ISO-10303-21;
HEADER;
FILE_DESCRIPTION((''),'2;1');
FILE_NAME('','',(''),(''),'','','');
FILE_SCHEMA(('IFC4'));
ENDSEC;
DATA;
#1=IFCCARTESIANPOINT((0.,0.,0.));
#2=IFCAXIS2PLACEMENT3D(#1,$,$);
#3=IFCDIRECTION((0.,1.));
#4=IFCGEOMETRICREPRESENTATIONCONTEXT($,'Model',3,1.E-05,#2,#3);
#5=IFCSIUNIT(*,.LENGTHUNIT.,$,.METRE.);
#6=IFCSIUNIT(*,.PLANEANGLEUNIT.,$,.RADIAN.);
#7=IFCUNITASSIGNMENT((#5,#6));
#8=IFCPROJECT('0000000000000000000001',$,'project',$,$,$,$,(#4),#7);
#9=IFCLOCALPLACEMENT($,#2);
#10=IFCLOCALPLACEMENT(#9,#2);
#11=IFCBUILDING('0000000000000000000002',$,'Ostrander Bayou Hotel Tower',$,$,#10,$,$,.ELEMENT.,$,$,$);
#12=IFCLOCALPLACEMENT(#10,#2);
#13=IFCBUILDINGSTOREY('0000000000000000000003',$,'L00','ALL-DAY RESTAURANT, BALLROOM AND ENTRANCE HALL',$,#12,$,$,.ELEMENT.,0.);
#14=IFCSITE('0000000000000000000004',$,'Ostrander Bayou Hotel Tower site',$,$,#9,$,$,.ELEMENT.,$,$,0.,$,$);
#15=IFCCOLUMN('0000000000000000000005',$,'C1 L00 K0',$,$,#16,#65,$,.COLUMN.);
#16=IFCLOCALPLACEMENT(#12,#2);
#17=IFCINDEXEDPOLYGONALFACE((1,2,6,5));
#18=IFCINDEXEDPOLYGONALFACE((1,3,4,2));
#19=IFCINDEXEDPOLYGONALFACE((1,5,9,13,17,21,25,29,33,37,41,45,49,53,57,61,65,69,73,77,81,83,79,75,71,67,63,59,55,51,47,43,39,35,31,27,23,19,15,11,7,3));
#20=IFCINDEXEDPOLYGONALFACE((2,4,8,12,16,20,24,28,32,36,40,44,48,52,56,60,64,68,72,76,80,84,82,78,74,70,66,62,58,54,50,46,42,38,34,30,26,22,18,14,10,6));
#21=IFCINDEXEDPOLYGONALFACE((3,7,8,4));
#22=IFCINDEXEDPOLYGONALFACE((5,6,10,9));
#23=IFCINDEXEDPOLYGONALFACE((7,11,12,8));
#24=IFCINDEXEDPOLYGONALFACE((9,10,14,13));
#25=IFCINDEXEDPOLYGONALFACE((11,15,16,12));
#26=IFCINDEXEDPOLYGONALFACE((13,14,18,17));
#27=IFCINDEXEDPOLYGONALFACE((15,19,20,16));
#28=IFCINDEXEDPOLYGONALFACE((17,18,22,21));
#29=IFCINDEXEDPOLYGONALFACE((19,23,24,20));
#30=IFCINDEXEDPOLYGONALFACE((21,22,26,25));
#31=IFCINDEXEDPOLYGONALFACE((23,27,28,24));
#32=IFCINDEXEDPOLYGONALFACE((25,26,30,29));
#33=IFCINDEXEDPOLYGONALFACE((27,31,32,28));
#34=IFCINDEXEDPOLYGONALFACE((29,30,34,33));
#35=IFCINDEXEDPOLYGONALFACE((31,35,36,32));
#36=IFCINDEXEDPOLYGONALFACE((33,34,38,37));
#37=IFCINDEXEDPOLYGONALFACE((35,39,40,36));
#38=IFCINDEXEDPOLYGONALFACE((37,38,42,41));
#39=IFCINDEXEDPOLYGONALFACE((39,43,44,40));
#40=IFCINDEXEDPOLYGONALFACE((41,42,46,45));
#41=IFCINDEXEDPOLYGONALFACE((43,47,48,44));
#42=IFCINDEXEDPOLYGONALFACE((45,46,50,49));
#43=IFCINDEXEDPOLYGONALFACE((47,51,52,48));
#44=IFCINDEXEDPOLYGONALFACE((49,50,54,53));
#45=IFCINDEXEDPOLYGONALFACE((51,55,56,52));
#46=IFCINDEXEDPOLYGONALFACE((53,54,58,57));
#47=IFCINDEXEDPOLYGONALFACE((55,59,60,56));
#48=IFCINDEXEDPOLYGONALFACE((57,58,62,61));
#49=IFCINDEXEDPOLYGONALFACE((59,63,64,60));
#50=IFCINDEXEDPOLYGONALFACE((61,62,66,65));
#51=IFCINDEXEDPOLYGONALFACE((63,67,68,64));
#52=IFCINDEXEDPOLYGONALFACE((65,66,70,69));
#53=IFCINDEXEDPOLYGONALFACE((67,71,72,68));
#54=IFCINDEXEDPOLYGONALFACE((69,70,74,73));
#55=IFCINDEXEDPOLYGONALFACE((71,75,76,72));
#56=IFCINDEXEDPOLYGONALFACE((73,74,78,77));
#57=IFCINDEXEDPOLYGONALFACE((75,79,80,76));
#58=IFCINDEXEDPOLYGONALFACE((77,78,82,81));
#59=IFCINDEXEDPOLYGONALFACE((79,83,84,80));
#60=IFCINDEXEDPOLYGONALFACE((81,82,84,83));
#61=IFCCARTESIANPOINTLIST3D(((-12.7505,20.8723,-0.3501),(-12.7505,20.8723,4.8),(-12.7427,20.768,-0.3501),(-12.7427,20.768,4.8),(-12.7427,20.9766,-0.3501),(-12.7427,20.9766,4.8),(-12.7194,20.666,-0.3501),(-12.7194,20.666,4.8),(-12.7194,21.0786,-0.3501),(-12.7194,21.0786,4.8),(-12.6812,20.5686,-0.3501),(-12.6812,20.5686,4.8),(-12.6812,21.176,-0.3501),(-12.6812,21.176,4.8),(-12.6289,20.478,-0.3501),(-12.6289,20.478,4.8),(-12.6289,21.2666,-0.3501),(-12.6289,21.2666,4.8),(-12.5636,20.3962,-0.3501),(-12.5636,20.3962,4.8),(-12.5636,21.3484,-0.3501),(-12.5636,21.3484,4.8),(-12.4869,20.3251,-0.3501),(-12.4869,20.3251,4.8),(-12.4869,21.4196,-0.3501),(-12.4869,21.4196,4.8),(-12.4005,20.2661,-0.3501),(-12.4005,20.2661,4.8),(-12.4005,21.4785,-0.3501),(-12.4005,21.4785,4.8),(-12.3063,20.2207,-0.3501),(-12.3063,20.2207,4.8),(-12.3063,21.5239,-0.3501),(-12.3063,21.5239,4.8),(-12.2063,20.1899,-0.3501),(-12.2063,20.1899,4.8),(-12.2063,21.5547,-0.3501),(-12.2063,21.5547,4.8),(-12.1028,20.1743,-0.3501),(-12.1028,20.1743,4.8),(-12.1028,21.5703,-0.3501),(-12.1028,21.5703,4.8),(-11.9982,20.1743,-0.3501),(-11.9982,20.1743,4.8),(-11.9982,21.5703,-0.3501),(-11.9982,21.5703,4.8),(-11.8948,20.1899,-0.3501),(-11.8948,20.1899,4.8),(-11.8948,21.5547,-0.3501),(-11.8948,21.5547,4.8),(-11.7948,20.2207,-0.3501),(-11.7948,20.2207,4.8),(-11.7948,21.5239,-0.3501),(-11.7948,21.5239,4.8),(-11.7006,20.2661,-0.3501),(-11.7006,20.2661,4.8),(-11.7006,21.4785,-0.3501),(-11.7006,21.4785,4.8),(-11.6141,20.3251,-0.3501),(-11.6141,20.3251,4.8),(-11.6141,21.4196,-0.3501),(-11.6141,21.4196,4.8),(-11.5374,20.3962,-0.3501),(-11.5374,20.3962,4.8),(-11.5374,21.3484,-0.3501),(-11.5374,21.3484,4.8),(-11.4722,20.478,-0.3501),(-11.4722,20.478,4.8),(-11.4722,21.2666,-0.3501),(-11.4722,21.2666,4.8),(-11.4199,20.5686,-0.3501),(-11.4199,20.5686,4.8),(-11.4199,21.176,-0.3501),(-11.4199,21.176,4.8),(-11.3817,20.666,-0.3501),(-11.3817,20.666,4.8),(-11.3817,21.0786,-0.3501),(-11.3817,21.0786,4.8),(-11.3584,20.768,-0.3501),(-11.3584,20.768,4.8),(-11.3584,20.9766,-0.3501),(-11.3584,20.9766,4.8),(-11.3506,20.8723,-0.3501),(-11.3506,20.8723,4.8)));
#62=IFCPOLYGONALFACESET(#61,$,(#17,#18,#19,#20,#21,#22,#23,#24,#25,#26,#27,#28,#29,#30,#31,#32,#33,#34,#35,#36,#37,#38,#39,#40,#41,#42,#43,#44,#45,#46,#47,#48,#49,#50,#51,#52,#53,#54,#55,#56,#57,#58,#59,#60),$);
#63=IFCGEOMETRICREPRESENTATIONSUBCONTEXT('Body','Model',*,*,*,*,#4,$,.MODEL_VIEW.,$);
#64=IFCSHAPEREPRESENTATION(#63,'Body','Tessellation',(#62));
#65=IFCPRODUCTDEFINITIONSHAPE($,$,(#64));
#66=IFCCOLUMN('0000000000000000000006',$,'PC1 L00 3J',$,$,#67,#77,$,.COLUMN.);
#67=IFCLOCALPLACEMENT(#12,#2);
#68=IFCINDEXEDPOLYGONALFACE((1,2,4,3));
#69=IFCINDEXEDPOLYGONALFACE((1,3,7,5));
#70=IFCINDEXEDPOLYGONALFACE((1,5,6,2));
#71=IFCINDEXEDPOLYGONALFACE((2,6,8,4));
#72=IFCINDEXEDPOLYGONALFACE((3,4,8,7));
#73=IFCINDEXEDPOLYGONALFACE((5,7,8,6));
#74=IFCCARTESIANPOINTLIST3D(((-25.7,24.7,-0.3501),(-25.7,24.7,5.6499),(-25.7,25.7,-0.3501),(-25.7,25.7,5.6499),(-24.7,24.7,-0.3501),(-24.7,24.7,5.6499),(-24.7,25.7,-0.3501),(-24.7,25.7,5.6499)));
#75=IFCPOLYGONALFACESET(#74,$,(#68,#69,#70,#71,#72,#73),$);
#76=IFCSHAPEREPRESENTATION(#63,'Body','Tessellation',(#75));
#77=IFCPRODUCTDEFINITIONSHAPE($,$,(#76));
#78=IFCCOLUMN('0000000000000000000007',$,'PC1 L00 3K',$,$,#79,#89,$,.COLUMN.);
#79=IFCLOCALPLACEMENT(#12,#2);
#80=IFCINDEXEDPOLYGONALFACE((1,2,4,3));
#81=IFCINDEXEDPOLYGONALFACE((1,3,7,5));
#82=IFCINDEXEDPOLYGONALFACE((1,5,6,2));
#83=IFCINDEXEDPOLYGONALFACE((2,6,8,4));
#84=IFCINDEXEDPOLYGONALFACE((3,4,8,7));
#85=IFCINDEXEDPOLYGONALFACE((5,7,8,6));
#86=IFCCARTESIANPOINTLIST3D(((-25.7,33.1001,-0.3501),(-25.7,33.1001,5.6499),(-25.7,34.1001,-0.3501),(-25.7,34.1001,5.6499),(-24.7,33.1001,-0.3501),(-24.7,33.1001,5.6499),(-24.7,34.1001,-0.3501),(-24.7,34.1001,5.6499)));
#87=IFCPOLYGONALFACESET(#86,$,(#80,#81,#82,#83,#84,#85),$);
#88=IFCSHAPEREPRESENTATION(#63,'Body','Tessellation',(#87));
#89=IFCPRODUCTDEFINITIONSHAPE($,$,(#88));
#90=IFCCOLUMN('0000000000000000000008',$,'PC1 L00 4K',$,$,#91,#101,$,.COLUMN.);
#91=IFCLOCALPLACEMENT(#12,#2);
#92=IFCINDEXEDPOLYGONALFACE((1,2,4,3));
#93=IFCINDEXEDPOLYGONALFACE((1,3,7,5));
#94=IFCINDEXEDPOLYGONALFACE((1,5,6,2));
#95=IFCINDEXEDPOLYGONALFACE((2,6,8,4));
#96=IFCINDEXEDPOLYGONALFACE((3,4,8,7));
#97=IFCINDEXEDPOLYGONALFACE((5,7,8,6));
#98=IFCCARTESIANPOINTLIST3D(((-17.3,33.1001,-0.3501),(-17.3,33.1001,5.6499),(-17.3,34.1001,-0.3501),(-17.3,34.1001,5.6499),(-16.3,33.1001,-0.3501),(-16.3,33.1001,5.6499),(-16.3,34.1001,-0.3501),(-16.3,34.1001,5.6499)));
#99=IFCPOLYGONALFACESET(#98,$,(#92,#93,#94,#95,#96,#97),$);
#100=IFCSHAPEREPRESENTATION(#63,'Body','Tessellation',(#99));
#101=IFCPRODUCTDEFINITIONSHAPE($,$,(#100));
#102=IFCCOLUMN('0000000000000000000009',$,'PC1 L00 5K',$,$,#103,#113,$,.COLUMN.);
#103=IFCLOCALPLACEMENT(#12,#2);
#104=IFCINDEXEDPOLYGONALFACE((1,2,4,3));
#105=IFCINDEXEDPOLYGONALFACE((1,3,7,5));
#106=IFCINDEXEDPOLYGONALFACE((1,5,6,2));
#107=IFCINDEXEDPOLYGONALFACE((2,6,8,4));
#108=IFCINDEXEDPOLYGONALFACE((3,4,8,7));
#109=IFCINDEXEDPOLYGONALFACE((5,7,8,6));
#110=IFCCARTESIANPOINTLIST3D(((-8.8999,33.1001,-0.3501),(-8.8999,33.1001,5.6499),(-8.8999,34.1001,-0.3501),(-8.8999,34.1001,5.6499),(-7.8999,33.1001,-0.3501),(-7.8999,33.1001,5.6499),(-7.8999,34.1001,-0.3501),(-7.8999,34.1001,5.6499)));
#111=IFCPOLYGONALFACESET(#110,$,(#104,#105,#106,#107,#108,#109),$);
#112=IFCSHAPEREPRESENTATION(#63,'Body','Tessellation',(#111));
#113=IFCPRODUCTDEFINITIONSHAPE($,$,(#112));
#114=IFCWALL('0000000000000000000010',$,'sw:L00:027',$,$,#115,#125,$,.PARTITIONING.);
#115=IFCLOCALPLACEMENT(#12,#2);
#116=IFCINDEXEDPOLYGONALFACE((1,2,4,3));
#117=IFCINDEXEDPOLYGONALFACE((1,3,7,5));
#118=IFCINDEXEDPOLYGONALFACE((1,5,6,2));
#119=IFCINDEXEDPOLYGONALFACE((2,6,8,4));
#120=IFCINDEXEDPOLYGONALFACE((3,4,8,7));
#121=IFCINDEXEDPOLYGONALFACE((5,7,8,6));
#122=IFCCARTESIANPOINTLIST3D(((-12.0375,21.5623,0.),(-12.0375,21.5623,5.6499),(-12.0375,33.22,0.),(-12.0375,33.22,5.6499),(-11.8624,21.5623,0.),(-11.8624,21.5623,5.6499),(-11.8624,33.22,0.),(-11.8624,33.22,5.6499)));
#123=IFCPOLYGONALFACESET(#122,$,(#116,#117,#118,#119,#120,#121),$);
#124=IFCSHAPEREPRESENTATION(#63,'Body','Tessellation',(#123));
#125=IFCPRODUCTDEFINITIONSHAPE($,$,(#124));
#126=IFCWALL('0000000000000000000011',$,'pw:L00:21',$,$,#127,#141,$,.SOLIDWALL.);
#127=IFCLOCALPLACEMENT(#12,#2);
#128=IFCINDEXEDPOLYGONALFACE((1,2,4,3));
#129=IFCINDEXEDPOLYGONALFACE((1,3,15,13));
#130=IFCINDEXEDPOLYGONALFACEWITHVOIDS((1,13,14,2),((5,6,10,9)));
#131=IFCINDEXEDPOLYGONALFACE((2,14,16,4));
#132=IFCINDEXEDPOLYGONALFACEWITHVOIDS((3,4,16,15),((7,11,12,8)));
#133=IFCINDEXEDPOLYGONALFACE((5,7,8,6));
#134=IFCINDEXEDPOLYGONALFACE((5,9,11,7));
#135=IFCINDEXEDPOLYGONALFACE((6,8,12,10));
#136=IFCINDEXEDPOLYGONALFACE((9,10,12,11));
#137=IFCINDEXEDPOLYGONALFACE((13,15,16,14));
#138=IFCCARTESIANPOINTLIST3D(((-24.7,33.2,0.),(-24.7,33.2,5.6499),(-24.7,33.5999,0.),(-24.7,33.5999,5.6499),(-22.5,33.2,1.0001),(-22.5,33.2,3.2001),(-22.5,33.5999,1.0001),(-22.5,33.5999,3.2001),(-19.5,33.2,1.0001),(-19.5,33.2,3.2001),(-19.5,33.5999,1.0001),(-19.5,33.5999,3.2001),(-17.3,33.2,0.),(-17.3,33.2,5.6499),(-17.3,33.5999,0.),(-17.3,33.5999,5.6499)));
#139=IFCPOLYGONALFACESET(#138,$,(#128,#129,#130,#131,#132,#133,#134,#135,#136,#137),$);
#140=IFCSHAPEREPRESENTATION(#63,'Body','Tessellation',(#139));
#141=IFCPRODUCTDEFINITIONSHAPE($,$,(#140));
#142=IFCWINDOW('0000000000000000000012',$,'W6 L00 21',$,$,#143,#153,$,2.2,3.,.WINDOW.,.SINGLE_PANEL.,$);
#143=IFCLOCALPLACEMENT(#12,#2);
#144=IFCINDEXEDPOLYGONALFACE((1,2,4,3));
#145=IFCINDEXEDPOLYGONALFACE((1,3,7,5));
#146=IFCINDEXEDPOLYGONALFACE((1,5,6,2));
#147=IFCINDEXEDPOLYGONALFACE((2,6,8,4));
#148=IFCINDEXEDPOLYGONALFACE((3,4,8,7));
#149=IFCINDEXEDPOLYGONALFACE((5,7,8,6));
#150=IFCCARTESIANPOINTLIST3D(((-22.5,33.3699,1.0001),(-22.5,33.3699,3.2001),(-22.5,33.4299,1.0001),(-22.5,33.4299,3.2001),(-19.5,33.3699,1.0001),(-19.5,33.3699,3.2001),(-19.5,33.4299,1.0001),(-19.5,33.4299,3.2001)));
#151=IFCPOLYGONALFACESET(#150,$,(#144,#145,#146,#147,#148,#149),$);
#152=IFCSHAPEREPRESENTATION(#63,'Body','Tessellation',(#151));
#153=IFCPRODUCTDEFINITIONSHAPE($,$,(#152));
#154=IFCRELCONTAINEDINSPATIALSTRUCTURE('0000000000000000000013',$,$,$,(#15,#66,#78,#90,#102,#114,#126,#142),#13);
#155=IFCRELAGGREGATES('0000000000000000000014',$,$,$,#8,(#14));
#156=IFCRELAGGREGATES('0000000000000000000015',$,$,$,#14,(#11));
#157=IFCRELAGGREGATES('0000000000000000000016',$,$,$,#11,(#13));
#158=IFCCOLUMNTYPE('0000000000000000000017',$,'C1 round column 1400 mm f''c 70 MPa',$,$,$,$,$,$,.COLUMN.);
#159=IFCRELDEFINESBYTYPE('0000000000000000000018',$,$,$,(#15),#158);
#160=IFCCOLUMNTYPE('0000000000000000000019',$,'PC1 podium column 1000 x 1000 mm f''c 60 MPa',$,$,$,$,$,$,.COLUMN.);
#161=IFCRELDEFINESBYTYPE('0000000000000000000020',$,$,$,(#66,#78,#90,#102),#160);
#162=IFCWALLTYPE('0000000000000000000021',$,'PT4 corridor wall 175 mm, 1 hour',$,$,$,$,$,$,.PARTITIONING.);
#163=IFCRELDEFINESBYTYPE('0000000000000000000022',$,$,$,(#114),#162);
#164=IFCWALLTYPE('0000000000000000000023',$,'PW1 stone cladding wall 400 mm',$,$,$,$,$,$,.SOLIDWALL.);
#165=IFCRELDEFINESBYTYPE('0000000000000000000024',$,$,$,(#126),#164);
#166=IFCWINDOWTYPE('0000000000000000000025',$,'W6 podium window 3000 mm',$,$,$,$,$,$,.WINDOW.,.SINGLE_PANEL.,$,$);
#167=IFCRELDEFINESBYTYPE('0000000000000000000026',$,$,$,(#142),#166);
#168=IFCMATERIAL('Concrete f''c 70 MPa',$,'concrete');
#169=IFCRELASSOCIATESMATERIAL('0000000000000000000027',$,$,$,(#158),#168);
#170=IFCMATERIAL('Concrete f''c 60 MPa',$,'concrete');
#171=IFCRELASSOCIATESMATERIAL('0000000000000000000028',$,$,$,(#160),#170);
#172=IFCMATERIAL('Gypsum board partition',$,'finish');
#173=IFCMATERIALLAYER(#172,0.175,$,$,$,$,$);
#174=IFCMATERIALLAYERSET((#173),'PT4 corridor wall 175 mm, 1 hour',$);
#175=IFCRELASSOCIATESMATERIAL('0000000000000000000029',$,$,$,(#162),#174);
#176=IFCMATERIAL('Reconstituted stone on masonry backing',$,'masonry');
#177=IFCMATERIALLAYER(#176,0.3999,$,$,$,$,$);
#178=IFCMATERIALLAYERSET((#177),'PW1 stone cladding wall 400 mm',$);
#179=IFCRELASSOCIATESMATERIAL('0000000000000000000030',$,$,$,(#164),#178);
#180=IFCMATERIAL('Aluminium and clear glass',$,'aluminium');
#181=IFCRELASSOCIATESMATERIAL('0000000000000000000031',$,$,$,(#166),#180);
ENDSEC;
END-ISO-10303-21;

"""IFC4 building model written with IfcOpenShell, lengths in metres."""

from ifc_helpers import new_model, si_unit, direction, frame, frame_2d, origin, origin_2d, place, context, subcontext, project, spatial, rectangle, circle, extrude, material, layer, layer_set, material_profile, profile_set, type_object, element, fill, save


model = new_model("IFC4")

# Units and contexts
model_context = context("Model", 3, precision=1e-05, world=origin(), true_north=direction((0.0, 1.0)))
body_context = subcontext(model_context, "Body", "Model", "MODEL_VIEW")
ifc_project = project(units=[si_unit("LENGTHUNIT", "METRE"), si_unit("PLANEANGLEUNIT", "RADIAN")], contexts=[model_context])

# Site, building, storey
site_placement = place(None, origin())
site = spatial("IfcSite", under=ifc_project, at=site_placement, Name="Ostrander Bayou Hotel Tower site", CompositionType="ELEMENT", RefElevation=0.0)
building_placement = place(site_placement, origin())
building = spatial("IfcBuilding", under=site, at=building_placement, Name="Ostrander Bayou Hotel Tower", CompositionType="ELEMENT")
storey_placement = place(building_placement, origin())
storey = spatial("IfcBuildingStorey", under=building, at=storey_placement, Name="L00", Description="ALL-DAY RESTAURANT, BALLROOM AND ENTRANCE HALL", CompositionType="ELEMENT", Elevation=0.0)

# Columns
ifc_material_1 = material(Name="Concrete f'c 70 MPa", Category="concrete")
ifc_material_profile_1 = material_profile(ifc_material_1, circle(Radius=0.7, at=origin_2d()))
ifc_profile_set_1 = profile_set([ifc_material_profile_1], Name="Concrete f'c 70 MPa")
column_type_1 = type_object("IfcColumnType", Name="C1 round column 1400 mm f'c 70 MPa", PredefinedType="COLUMN", material=ifc_profile_set_1)
column_placement = place(storey_placement, frame((-12.0505, 20.8723, -0.3501), z_axis=(0.0, 0.0, 1.0), x_axis=(1.0, 0.0, 0.0)))
element("IfcColumn", 1, at=column_placement, inside=storey, type_object=column_type_1, Name="C1 L00 K0", PredefinedType="COLUMN", context=body_context, shape_type="SweptSolid", body=[
    extrude(circle(Radius=0.7, at=origin_2d()), origin(), (0.0, 0.0, 1.0), 5.1501),
])
ifc_material_2 = material(Name="Concrete f'c 60 MPa", Category="concrete")
ifc_material_profile_2 = material_profile(ifc_material_2, rectangle(XDim=1.0, YDim=1.0, at=origin_2d()))
ifc_profile_set_2 = profile_set([ifc_material_profile_2], Name="Concrete f'c 60 MPa")
column_type_2 = type_object("IfcColumnType", Name="PC1 podium column 1000 x 1000 mm f'c 60 MPa", PredefinedType="COLUMN", material=ifc_profile_set_2)
for number, where, z_axis, x_axis, name in (
    (2, (-25.2, 25.2, -0.3501), (0.0, 0.0, 1.0), (1.0, 0.0, 0.0), "PC1 L00 3J"),
    (3, (-25.2, 33.6001, -0.3501), (0.0, 0.0, 1.0), (1.0, 0.0, 0.0), "PC1 L00 3K"),
    (4, (-16.8, 33.6001, -0.3501), (0.0, 0.0, 1.0), (1.0, 0.0, 0.0), "PC1 L00 4K"),
    (5, (-8.3999, 33.6001, -0.3501), (0.0, 0.0, 1.0), (1.0, 0.0, 0.0), "PC1 L00 5K"),
):
    element("IfcColumn", number, at=place(storey_placement, frame(where, z_axis=z_axis, x_axis=x_axis)), inside=storey, type_object=column_type_2, Name=name, PredefinedType="COLUMN", context=body_context, shape_type="SweptSolid", body=[
        extrude(rectangle(XDim=1.0, YDim=1.0, at=origin_2d()), origin(), (0.0, 0.0, 1.0), 6.0),
    ])

# Shared definitions
ifc_material_3 = material(Name="Gypsum board partition", Category="finish")
ifc_layer_1 = layer(ifc_material_3, 0.175)
ifc_layer_set_1 = layer_set([ifc_layer_1], Name="PT4 corridor wall 175 mm, 1 hour")
wall_type_1 = type_object("IfcWallType", Name="PT4 corridor wall 175 mm, 1 hour", PredefinedType="PARTITIONING", material=ifc_layer_set_1)

# Wall
wall_1_placement = place(storey_placement, frame((-11.95, 21.5623, 0.0), z_axis=(0.0, 0.0, 1.0), x_axis=(0.0, 1.0, 0.0)))
element("IfcWall", 6, at=wall_1_placement, inside=storey, type_object=wall_type_1, Name="sw:L00:027", PredefinedType="PARTITIONING", context=body_context, shape_type="SweptSolid", body=[
    extrude(rectangle(XDim=11.6577, YDim=0.175, at=frame_2d((5.8289, 0.0))), origin(), (0.0, 0.0, 1.0), 5.6499),
])

# Wall, opening, window
ifc_material_4 = material(Name="Reconstituted stone on masonry backing", Category="masonry")
ifc_layer_2 = layer(ifc_material_4, 0.3999)
ifc_layer_set_2 = layer_set([ifc_layer_2], Name="PW1 stone cladding wall 400 mm")
wall_type_2 = type_object("IfcWallType", Name="PW1 stone cladding wall 400 mm", PredefinedType="SOLIDWALL", material=ifc_layer_set_2)
wall_2_placement = place(storey_placement, frame((-24.7, 33.3999, 0.0), z_axis=(0.0, 0.0, 1.0), x_axis=(1.0, 0.0, 0.0)))
wall_2 = element("IfcWall", 7, at=wall_2_placement, inside=storey, type_object=wall_type_2, Name="pw:L00:21", PredefinedType="SOLIDWALL", context=body_context, shape_type="SweptSolid", body=[
    extrude(rectangle(XDim=7.3999, YDim=0.3999, at=frame_2d((3.7, 0.0))), origin(), (0.0, 0.0, 1.0), 5.6499),
])
opening_1_placement = place(wall_2_placement, frame((2.2, 0.0, 1.0)))
opening_1 = element("IfcOpeningElement", 8, at=opening_1_placement, cuts=wall_2, PredefinedType="OPENING", context=body_context, shape_type="SweptSolid", body=[
    extrude(rectangle(XDim=3.0, YDim=2.2, at=frame_2d((1.5, 1.1001))), frame((0.0, 0.2, 0.0), z_axis=(0.0, -1.0, 0.0), x_axis=(1.0, 0.0, 0.0)), (0.0, 0.0, 1.0), 0.3999),
])
ifc_material_5 = material(Name="Aluminium and clear glass", Category="aluminium")
window_type = type_object("IfcWindowType", Name="W6 podium window 3000 mm", PartitioningType="SINGLE_PANEL", PredefinedType="WINDOW", material=ifc_material_5)
window_placement = place(opening_1_placement, origin())
window = element("IfcWindow", 9, at=window_placement, inside=storey, type_object=window_type, Name="W6 L00 21", OverallHeight=2.2, OverallWidth=3.0, PartitioningType="SINGLE_PANEL", PredefinedType="WINDOW", context=body_context, shape_type="SweptSolid", body=[
    extrude(rectangle(XDim=3.0, YDim=2.2, at=frame_2d((1.5, 1.1001))), frame((0.0, 0.03, 0.0), z_axis=(0.0, -1.0, 0.0), x_axis=(1.0, 0.0, 0.0)), (0.0, 0.0, 1.0), 0.0601),
])
fill(opening_1, window)

save(model, "model.ifc")
